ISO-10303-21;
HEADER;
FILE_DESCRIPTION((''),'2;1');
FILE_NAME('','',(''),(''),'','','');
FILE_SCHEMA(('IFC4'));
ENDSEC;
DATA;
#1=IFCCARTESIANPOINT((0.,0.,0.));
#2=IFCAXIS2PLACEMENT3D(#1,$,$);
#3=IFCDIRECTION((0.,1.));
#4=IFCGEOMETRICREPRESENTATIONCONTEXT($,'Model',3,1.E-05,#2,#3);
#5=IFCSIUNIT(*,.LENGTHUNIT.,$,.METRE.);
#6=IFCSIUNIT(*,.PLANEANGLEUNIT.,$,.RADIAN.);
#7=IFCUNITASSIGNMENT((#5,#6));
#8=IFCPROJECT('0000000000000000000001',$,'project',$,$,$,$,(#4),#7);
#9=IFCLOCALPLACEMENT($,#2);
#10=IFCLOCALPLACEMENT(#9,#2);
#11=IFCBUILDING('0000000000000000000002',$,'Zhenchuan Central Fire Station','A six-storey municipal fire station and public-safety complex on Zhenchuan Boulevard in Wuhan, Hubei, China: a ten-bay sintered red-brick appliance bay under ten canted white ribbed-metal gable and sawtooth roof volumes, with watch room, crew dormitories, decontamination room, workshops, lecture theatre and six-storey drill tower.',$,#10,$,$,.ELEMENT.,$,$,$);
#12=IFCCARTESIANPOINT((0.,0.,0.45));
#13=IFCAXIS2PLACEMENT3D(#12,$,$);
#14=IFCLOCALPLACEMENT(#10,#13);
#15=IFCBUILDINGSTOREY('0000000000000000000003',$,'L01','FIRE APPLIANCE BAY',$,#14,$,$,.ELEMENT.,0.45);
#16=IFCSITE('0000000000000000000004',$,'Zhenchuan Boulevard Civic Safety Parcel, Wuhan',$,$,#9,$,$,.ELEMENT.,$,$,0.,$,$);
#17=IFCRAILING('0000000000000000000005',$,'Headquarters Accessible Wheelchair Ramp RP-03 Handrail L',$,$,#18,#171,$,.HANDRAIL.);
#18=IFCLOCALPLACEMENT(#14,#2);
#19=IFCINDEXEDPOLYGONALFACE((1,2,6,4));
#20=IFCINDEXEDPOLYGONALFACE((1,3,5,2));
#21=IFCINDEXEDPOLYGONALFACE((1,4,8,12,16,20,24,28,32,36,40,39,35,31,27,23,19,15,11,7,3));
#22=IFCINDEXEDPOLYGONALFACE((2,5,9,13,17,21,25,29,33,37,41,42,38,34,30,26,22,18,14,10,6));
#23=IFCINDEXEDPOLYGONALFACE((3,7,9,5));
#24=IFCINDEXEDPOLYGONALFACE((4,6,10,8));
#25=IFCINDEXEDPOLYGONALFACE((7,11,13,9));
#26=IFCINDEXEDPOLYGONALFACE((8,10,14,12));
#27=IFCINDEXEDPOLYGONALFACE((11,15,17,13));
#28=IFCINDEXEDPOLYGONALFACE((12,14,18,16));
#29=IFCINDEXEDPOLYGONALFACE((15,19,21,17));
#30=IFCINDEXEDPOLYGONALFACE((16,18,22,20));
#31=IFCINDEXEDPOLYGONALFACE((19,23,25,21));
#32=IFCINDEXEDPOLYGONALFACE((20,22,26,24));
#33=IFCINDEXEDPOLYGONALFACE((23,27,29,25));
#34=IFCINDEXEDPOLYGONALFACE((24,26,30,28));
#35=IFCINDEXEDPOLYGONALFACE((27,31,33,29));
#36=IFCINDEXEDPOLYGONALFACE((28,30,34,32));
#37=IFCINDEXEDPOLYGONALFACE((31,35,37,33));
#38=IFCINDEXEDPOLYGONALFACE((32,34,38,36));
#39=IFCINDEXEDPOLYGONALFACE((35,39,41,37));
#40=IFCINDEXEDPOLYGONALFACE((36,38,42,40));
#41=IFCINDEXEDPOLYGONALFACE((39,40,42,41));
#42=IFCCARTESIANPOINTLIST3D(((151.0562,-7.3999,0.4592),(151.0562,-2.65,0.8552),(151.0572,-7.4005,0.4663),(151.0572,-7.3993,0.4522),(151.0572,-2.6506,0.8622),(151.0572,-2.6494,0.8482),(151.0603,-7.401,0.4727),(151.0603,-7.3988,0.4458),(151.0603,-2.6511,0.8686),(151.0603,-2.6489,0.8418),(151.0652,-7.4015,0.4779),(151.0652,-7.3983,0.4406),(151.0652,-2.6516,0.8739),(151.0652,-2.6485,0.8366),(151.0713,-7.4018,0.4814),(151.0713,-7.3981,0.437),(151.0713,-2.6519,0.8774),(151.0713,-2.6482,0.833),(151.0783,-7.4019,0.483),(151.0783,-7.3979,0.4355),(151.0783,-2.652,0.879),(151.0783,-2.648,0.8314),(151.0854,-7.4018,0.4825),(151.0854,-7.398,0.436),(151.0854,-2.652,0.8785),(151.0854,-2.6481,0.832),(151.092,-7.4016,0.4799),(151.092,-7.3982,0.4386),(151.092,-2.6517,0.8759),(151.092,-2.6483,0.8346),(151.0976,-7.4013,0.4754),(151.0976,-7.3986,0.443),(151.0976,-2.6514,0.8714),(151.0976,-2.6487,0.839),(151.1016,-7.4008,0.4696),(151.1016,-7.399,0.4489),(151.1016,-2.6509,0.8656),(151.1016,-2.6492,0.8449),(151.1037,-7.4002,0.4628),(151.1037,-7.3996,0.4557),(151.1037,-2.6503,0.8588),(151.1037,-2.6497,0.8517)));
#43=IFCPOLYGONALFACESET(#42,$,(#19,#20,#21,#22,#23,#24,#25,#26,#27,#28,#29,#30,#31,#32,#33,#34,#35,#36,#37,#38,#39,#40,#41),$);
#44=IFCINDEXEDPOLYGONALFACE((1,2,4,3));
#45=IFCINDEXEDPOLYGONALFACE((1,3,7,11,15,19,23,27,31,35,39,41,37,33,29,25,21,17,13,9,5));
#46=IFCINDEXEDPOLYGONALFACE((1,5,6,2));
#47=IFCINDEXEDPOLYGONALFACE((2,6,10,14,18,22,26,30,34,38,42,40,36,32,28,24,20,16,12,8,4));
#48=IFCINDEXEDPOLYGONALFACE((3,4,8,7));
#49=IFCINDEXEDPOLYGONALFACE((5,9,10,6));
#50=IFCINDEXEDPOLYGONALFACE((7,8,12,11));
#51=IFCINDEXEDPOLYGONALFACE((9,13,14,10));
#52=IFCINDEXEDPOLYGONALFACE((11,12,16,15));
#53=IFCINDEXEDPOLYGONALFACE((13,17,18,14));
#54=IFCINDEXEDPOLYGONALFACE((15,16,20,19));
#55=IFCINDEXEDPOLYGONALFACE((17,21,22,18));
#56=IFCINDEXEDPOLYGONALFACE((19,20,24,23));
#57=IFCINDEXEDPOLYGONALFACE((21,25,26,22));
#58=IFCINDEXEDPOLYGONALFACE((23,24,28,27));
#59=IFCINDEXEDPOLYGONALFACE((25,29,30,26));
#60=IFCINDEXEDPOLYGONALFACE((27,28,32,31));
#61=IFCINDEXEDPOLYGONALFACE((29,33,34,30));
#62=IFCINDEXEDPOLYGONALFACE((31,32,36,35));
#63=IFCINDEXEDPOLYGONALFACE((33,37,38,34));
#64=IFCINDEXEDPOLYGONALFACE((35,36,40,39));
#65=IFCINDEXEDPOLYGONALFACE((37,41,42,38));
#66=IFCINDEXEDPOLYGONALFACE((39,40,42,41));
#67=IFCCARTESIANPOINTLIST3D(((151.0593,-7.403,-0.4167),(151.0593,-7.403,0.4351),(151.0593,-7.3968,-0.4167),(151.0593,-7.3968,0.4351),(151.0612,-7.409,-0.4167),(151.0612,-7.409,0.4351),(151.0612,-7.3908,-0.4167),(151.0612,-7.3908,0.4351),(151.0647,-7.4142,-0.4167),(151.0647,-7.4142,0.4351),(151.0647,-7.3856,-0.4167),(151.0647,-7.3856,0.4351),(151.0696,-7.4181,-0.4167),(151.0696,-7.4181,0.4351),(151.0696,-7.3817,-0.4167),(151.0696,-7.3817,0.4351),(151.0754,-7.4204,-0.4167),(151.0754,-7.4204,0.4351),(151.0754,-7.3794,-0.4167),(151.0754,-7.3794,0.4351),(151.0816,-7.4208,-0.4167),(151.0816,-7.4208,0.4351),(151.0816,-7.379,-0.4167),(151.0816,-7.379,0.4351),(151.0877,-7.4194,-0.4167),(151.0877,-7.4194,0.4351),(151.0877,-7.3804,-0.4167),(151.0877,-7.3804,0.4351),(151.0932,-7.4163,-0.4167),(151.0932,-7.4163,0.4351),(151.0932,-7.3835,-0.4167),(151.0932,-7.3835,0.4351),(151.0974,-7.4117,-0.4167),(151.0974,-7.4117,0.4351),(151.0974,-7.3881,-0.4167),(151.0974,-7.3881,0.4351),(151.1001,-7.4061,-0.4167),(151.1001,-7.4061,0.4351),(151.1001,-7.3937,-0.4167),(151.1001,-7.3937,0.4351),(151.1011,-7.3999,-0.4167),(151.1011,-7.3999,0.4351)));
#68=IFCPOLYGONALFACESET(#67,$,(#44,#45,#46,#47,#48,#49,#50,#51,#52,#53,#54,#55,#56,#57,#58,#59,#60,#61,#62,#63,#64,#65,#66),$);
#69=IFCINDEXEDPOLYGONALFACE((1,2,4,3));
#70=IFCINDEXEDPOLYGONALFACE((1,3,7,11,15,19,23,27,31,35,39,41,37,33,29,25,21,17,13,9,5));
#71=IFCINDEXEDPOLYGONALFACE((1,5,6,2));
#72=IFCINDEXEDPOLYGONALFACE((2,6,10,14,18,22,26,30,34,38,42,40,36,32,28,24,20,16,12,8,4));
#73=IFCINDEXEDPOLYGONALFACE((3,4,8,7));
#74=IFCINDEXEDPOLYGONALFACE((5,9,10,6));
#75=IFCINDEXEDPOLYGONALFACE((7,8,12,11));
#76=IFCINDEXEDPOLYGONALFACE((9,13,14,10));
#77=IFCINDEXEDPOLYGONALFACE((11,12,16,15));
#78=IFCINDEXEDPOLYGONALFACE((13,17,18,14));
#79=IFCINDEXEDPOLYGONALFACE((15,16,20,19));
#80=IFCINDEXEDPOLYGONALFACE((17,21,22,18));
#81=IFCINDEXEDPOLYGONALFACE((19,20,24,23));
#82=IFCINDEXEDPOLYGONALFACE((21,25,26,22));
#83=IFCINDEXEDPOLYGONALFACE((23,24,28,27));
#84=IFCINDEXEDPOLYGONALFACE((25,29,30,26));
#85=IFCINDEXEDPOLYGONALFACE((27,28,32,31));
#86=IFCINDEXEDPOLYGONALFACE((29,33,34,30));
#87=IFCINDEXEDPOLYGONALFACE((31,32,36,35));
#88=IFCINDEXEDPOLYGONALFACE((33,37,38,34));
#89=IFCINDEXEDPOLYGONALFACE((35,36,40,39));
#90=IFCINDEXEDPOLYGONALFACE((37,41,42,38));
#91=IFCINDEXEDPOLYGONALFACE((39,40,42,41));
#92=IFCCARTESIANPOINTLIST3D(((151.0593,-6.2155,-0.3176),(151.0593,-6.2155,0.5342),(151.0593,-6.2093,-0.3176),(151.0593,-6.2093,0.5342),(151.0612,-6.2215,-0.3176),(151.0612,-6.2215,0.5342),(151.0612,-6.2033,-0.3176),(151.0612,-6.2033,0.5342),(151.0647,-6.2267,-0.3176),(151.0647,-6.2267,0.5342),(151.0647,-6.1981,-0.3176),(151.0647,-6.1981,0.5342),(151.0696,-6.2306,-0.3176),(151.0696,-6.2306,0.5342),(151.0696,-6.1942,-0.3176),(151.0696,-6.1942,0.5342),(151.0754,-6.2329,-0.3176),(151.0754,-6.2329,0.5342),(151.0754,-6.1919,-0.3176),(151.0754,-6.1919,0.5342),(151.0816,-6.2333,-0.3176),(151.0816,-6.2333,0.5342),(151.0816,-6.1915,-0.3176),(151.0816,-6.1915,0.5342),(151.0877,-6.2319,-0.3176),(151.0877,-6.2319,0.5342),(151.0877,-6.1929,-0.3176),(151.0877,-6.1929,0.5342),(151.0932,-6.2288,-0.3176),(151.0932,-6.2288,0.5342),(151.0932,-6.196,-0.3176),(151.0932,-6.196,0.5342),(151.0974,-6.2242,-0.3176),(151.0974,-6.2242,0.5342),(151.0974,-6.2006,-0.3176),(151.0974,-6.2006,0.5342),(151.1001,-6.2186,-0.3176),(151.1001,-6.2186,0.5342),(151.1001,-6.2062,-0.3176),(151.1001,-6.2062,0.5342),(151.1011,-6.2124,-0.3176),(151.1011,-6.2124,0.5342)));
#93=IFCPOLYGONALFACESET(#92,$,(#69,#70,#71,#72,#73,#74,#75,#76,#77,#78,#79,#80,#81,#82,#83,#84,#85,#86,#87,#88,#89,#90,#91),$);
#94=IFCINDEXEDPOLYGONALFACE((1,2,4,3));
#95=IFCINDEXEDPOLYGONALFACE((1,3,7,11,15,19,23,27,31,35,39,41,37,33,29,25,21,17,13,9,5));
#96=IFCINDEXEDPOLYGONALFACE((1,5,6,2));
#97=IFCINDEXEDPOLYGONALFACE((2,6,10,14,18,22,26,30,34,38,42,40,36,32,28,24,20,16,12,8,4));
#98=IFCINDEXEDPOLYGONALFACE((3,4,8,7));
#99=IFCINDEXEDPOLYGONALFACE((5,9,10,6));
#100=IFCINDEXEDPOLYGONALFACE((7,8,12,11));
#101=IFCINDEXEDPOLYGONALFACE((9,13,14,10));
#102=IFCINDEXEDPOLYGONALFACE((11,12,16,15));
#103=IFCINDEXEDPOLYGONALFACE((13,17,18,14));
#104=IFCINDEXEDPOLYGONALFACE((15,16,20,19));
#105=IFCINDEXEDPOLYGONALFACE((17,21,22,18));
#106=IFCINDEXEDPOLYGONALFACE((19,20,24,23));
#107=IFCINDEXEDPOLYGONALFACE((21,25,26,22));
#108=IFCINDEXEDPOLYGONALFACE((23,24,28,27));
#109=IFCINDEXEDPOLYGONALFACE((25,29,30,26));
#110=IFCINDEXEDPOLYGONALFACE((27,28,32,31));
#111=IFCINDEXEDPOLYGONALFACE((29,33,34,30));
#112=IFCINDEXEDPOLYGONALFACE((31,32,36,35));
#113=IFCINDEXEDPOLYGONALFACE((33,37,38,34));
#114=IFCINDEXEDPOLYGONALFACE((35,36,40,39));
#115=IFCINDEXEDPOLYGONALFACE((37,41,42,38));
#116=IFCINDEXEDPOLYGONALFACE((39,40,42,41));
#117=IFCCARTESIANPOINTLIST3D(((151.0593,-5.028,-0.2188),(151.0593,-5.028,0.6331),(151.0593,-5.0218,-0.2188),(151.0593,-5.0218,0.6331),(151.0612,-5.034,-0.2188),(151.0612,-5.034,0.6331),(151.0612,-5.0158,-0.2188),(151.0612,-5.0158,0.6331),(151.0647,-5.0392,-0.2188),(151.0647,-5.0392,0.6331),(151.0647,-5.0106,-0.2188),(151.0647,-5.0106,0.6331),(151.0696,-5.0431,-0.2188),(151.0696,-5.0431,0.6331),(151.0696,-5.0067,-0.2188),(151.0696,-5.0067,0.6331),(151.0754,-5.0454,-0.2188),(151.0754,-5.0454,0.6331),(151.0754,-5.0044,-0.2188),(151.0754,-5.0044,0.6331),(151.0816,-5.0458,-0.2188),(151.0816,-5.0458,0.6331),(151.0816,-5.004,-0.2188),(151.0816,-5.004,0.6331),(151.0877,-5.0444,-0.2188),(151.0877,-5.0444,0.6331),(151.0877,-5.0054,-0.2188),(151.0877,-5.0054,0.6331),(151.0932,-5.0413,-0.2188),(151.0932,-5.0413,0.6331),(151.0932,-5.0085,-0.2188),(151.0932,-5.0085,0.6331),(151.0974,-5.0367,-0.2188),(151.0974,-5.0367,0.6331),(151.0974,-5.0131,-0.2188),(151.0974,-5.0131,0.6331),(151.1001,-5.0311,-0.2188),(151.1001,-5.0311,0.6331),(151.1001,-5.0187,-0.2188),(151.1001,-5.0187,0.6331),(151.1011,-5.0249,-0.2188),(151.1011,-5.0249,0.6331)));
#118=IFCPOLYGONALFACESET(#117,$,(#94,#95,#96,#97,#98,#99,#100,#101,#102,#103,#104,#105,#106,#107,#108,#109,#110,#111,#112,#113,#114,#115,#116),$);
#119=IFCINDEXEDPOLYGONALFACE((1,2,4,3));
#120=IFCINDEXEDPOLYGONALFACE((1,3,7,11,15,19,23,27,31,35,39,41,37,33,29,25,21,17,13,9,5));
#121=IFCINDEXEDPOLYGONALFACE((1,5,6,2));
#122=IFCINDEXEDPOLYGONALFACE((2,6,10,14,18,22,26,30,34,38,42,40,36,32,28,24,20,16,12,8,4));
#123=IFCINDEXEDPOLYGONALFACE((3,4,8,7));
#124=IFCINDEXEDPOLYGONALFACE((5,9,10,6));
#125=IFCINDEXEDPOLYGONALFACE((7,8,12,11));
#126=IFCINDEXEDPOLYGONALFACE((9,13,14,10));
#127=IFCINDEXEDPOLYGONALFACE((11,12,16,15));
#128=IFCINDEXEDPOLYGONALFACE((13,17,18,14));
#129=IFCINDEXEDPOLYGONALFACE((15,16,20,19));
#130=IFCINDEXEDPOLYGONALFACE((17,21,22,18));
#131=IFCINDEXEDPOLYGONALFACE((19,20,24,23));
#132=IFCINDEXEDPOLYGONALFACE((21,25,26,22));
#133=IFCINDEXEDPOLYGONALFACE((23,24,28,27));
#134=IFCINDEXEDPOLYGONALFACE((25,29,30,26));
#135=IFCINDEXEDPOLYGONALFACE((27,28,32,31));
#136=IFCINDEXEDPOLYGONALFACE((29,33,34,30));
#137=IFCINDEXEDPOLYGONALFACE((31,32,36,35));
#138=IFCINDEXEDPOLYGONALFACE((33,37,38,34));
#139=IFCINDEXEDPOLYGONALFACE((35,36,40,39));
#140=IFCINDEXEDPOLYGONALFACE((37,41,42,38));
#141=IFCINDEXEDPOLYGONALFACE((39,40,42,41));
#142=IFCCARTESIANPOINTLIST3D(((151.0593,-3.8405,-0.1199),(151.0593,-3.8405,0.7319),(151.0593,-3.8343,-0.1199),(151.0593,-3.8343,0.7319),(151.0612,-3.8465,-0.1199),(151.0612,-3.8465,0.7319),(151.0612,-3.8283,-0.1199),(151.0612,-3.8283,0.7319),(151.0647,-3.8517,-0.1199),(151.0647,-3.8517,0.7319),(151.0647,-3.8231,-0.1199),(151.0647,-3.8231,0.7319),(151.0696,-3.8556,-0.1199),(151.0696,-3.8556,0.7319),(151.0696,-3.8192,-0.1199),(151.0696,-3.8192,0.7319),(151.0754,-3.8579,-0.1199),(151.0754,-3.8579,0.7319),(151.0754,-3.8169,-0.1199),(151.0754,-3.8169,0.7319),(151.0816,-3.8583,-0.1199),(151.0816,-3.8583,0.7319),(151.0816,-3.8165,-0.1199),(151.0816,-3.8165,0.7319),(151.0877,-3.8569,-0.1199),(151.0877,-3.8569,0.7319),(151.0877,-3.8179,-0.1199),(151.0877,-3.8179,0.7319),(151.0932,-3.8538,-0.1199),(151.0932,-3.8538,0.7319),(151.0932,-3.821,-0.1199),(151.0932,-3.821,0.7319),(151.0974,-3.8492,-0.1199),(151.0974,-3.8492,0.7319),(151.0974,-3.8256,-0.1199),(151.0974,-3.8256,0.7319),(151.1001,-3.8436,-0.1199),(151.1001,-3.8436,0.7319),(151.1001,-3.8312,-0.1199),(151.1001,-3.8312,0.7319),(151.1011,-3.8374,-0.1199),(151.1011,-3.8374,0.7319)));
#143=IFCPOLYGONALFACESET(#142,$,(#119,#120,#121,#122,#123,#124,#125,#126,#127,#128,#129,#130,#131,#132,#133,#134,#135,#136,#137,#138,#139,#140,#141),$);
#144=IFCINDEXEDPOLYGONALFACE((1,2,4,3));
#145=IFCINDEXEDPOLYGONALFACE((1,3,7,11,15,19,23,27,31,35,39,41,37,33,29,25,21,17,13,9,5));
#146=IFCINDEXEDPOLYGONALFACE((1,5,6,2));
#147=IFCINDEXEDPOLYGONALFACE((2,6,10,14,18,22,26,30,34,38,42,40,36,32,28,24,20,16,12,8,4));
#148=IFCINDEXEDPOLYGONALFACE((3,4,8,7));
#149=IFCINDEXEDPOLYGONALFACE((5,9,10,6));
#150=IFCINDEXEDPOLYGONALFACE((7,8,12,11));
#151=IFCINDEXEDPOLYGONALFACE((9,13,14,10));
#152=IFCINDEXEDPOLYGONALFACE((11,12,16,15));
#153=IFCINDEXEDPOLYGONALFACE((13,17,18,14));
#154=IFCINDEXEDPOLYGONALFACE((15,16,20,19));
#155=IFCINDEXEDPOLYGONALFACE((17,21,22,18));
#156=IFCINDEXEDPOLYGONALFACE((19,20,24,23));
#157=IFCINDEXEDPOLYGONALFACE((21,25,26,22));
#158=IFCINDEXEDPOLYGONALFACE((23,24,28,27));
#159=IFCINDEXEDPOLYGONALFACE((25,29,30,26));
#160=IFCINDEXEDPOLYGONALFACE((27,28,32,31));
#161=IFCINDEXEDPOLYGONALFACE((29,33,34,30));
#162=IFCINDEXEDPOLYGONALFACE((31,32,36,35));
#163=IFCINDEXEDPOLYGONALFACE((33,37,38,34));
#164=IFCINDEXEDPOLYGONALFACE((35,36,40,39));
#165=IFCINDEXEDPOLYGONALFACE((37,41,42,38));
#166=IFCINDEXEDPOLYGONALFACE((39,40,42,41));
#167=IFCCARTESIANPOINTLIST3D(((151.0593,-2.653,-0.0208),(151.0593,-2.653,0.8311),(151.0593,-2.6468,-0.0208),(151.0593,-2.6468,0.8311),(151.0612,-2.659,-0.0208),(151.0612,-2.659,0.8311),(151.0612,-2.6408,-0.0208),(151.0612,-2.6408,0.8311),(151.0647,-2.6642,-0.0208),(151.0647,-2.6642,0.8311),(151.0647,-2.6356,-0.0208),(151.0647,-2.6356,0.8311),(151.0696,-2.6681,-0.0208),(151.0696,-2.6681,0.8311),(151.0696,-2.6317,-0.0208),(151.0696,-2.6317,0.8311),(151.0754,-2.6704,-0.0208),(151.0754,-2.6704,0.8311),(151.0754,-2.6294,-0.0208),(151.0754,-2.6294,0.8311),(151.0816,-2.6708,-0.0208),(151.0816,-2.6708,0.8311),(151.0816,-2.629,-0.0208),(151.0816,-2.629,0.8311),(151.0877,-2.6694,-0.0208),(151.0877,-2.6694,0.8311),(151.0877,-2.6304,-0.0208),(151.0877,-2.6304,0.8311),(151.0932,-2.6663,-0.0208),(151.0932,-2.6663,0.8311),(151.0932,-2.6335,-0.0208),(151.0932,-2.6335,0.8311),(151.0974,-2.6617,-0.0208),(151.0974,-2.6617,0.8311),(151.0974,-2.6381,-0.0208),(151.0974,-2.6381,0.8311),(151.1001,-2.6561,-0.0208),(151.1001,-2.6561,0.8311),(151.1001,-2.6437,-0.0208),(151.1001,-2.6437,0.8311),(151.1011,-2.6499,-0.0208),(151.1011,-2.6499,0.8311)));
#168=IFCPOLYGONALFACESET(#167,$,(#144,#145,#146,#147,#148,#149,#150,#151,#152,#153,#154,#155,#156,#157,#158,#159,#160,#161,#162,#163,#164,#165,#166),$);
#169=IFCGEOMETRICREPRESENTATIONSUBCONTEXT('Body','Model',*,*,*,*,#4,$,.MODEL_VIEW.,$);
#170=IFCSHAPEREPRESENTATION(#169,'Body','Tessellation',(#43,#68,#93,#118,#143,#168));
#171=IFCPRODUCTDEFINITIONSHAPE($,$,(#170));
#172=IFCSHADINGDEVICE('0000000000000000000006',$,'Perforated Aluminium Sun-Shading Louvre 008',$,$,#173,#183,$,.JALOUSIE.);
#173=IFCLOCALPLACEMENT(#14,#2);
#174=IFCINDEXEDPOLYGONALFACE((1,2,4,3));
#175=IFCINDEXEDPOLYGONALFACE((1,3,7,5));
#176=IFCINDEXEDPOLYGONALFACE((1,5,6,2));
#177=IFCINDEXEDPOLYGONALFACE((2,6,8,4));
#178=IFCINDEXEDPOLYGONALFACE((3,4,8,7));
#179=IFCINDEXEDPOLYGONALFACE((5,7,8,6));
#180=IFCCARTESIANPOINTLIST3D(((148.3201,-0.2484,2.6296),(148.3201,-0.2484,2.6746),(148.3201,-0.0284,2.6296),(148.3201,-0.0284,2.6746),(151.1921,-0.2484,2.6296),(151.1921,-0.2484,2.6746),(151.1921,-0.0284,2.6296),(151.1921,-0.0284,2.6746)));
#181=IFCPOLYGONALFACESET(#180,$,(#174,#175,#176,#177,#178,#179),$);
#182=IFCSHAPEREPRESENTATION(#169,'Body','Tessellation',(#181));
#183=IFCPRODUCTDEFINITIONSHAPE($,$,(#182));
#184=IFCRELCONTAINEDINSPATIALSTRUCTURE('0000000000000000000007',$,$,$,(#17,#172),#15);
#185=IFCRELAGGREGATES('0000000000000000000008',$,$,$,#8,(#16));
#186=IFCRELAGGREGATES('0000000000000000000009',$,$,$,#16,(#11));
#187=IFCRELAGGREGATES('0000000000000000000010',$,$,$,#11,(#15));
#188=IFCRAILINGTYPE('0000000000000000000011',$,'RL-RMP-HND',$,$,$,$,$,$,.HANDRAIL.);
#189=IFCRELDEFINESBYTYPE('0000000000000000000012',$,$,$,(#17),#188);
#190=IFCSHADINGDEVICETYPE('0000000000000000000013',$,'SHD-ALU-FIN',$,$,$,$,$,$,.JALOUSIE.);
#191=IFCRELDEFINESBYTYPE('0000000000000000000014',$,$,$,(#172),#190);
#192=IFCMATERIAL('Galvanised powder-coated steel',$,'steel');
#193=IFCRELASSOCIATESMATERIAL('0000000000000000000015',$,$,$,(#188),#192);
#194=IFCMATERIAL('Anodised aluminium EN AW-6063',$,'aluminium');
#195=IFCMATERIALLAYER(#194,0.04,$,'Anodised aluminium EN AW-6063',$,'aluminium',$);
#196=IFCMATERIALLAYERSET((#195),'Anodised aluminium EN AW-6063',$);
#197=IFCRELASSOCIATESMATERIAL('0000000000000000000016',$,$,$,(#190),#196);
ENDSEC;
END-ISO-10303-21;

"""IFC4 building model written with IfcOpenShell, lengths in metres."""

from ifc_helpers import new_model, si_unit, direction, frame, origin, origin_2d, place, context, subcontext, project, spatial, rectangle, circle, extrude, material, layer, layer_set, type_object, element, save


model = new_model("IFC4")

# Units and contexts
model_context = context("Model", 3, precision=1e-05, world=origin(), true_north=direction((0.0, 1.0)))
body_context = subcontext(model_context, "Body", "Model", "MODEL_VIEW")
ifc_project = project(units=[si_unit("LENGTHUNIT", "METRE"), si_unit("PLANEANGLEUNIT", "RADIAN")], contexts=[model_context])

# Site, building, storey
site_placement = place(None, origin())
site = spatial("IfcSite", under=ifc_project, at=site_placement, Name="Zhenchuan Boulevard Civic Safety Parcel, Wuhan", CompositionType="ELEMENT", RefElevation=0.0)
building_placement = place(site_placement, origin())
building = spatial("IfcBuilding", under=site, at=building_placement, Name="Zhenchuan Central Fire Station", Description="A six-storey municipal fire station and public-safety complex on Zhenchuan Boulevard in Wuhan, Hubei, China: a ten-bay sintered red-brick appliance bay under ten canted white ribbed-metal gable and sawtooth roof volumes, with watch room, crew dormitories, decontamination room, workshops, lecture theatre and six-storey drill tower.", CompositionType="ELEMENT")
storey_placement = place(building_placement, frame((0.0, 0.0, 0.45)))
storey = spatial("IfcBuildingStorey", under=building, at=storey_placement, Name="L01", Description="FIRE APPLIANCE BAY", CompositionType="ELEMENT", Elevation=0.45)

# Shared definitions
ifc_material_1 = material(Name="Anodised aluminium EN AW-6063", Category="aluminium")

# Railing
ifc_material_2 = material(Name="Galvanised powder-coated steel", Category="steel")
railing_type = type_object("IfcRailingType", Name="RL-RMP-HND", PredefinedType="HANDRAIL", material=ifc_material_2)
railing_placement = place(storey_placement, frame((151.0801, -7.3999, -0.4167)))
element("IfcRailing", 1, at=railing_placement, inside=storey, type_object=railing_type, Name="Headquarters Accessible Wheelchair Ramp RP-03 Handrail L", PredefinedType="HANDRAIL", context=body_context, shape_type="SweptSolid", body=[
    extrude(circle(Radius=0.0239, at=origin_2d()), frame((0.0, 0.0, 0.876), z_axis=(0.0, 0.996543, 0.083079), x_axis=(-1.0, 0.0, 0.0)), (0.0, 0.0, 1.0), 4.7664),
    extrude(circle(Radius=0.021, at=origin_2d()), origin(), (0.0, 0.0, 1.0), 0.8518),
    extrude(circle(Radius=0.021, at=origin_2d()), frame((0.0, 1.1875, 0.0991)), (0.0, 0.0, 1.0), 0.8518),
    extrude(circle(Radius=0.021, at=origin_2d()), frame((0.0, 2.375, 0.198)), (0.0, 0.0, 1.0), 0.8518),
    extrude(circle(Radius=0.021, at=origin_2d()), frame((0.0, 3.5625, 0.2969)), (0.0, 0.0, 1.0), 0.8518),
    extrude(circle(Radius=0.021, at=origin_2d()), frame((0.0, 4.75, 0.396)), (0.0, 0.0, 1.0), 0.8518),
])

# Shading device
ifc_layer_1 = layer(ifc_material_1, 0.04, Name="Anodised aluminium EN AW-6063", Category="aluminium")
ifc_layer_set_1 = layer_set([ifc_layer_1], Name="Anodised aluminium EN AW-6063")
shading_device_type = type_object("IfcShadingDeviceType", Name="SHD-ALU-FIN", PredefinedType="JALOUSIE", material=ifc_layer_set_1)
shading_device_placement = place(storey_placement, frame((149.7561, -0.1384, 2.6296), z_axis=(0.0, 0.0, 1.0), x_axis=(1.0, 0.0, 0.0)))
element("IfcShadingDevice", 2, at=shading_device_placement, inside=storey, type_object=shading_device_type, Name="Perforated Aluminium Sun-Shading Louvre 008", PredefinedType="JALOUSIE", context=body_context, shape_type="SweptSolid", body=[
    extrude(rectangle(XDim=2.8721, YDim=0.22, at=origin_2d()), origin(), (0.0, 0.0, 1.0), 0.0449),
])

save(model, "model.ifc")
